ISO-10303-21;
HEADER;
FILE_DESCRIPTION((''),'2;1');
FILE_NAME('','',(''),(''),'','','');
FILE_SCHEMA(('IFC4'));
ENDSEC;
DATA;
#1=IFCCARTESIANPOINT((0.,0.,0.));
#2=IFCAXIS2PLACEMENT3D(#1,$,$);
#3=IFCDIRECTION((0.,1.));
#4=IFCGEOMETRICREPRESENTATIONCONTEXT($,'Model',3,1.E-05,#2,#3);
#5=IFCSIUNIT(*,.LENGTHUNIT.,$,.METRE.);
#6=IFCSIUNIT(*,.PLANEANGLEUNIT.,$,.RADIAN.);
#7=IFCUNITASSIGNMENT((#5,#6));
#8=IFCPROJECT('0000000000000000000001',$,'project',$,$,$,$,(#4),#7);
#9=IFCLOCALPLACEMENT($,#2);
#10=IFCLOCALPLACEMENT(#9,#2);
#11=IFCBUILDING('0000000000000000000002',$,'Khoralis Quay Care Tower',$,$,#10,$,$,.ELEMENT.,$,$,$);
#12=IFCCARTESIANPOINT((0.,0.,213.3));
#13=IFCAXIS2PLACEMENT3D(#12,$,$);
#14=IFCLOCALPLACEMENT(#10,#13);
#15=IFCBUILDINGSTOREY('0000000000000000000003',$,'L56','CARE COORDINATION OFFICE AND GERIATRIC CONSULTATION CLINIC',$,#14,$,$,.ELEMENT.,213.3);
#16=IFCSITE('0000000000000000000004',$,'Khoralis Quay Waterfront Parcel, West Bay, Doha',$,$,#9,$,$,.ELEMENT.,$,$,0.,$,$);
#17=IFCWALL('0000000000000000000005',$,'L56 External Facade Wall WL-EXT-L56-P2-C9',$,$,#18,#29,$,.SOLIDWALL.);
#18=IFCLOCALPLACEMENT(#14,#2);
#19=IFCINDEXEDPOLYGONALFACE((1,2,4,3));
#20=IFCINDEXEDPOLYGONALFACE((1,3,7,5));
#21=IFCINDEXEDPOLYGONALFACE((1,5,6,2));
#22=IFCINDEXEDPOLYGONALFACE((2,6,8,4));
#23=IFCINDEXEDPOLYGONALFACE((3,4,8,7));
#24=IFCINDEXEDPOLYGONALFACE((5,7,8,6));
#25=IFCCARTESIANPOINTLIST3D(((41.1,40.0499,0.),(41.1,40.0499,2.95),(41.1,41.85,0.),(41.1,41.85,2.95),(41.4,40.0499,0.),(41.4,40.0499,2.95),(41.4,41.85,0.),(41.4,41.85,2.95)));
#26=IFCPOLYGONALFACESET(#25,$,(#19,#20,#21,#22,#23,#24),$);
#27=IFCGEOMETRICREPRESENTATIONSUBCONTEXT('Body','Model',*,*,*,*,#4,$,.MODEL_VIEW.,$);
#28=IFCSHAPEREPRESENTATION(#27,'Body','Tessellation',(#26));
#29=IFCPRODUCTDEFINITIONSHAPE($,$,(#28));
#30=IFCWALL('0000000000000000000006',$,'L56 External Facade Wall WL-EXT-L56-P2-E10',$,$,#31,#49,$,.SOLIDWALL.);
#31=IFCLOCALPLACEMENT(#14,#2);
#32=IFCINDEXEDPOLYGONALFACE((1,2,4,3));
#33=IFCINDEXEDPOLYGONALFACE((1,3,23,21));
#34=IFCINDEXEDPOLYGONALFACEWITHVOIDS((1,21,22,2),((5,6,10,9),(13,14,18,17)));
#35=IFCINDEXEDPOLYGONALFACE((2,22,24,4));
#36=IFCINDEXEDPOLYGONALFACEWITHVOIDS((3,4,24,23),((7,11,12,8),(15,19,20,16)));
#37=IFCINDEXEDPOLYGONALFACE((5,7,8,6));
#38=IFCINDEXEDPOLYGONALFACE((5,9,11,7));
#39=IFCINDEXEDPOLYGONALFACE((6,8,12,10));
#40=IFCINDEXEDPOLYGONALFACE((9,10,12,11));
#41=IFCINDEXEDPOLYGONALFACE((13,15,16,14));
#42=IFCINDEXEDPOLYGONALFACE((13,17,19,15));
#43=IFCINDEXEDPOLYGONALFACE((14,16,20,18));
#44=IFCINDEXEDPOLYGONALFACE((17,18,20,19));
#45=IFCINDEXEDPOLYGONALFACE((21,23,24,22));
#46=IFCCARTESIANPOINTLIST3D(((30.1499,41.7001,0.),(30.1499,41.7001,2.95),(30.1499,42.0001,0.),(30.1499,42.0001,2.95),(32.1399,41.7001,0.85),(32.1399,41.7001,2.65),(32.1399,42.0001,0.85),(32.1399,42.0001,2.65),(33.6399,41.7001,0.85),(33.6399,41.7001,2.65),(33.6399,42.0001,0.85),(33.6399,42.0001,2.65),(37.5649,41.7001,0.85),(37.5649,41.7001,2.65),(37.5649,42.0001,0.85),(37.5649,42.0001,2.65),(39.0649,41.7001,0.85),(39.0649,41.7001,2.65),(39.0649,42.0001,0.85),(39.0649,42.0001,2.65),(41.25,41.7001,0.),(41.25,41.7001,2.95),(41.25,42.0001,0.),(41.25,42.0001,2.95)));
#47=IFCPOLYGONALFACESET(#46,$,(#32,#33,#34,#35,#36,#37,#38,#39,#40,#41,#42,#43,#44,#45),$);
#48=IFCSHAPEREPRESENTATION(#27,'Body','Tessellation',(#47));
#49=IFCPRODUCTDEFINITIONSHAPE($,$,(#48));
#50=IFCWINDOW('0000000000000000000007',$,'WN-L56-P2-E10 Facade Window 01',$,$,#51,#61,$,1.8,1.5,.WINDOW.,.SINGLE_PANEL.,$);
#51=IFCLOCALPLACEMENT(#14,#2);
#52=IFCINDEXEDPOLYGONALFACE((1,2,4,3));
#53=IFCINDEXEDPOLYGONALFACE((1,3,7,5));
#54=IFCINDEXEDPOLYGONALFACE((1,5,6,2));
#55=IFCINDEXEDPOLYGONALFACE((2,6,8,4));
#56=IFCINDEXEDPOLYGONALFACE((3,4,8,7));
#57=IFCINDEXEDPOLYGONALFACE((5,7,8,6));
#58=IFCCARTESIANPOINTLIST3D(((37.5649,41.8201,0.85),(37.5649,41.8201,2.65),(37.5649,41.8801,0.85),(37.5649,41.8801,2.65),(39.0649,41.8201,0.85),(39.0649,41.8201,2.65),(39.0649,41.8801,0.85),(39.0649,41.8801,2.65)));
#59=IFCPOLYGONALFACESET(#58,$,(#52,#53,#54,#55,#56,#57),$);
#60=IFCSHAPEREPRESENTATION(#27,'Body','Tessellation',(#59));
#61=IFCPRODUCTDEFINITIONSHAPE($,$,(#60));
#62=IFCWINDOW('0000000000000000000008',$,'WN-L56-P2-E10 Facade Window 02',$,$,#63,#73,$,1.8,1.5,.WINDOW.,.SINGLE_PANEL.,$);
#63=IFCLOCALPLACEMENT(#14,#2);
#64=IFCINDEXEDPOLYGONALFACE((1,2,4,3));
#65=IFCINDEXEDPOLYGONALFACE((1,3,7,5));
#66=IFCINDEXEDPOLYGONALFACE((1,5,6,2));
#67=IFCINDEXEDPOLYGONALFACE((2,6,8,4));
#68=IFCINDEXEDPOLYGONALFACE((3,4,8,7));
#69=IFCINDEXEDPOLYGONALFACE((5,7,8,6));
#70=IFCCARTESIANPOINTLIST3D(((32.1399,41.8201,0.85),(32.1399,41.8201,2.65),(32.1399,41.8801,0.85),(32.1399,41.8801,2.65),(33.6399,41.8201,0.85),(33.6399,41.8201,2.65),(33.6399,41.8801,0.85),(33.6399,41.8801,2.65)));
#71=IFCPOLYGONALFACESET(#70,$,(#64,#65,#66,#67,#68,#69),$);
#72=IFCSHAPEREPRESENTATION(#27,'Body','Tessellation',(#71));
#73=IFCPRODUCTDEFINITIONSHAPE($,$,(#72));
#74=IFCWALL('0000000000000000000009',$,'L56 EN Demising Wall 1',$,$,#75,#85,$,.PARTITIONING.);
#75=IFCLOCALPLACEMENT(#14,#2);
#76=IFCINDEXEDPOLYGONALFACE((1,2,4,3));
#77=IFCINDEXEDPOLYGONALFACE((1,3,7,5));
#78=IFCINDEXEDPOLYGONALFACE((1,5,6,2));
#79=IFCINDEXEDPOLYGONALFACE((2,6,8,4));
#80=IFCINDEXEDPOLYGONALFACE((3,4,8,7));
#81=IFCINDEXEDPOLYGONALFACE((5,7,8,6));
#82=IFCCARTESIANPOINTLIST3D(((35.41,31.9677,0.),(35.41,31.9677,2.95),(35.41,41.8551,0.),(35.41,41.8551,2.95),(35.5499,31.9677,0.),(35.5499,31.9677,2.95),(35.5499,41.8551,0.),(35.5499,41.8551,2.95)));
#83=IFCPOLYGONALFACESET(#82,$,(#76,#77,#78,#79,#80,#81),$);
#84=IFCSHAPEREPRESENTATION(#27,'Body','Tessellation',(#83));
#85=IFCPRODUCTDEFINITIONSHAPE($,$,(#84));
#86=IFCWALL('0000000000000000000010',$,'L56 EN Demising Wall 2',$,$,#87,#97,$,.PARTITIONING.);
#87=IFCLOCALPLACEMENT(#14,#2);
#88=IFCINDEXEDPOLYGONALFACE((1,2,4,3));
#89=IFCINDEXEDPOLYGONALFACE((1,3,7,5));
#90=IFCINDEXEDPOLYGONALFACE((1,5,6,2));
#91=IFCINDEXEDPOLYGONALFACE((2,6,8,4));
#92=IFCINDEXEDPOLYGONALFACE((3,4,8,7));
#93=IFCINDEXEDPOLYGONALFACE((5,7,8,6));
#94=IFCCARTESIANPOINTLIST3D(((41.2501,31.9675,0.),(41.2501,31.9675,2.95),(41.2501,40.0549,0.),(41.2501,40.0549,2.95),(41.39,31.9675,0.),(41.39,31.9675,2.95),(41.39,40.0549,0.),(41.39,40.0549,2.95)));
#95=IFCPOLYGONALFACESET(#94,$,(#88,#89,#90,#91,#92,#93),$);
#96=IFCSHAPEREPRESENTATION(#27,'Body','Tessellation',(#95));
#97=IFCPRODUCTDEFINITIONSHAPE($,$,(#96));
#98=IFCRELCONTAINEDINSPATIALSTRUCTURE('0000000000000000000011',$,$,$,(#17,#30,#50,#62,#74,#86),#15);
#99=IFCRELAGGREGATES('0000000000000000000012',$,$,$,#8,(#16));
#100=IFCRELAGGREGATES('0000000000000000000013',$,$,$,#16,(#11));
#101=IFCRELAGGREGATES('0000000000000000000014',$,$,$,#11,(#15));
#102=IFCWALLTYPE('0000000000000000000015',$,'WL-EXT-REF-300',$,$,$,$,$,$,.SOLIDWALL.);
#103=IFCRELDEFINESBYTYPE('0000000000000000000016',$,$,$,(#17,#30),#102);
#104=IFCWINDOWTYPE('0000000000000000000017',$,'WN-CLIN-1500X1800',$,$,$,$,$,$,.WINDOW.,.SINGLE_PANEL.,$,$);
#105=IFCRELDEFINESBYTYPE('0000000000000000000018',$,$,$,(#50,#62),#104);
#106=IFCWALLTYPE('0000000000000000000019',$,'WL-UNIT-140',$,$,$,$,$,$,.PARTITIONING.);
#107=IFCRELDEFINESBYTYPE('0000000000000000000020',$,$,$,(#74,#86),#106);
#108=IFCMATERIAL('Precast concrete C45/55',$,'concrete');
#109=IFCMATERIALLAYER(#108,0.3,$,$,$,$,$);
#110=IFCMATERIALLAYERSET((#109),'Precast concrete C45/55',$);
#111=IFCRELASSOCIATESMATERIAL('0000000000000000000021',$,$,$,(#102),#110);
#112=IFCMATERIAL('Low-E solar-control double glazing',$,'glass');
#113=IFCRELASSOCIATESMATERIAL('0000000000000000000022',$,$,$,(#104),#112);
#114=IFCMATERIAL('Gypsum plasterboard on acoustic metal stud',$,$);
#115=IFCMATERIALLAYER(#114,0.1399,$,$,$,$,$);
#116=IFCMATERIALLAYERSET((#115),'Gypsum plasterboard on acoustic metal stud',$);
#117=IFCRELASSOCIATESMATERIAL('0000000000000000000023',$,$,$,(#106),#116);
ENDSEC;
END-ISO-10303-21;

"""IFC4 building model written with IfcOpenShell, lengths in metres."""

from ifc_helpers import new_model, si_unit, direction, frame, frame_2d, origin, place, context, subcontext, project, spatial, rectangle, extrude, source, transform, mapped, material, layer, layer_set, type_object, element, fill, save


model = new_model("IFC4")

# Units and contexts
model_context = context("Model", 3, precision=1e-05, world=origin(), true_north=direction((0.0, 1.0)))
body_context = subcontext(model_context, "Body", "Model", "MODEL_VIEW")
ifc_project = project(units=[si_unit("LENGTHUNIT", "METRE"), si_unit("PLANEANGLEUNIT", "RADIAN")], contexts=[model_context])

# Site, building, storey
site_placement = place(None, origin())
site = spatial("IfcSite", under=ifc_project, at=site_placement, Name="Khoralis Quay Waterfront Parcel, West Bay, Doha", CompositionType="ELEMENT", RefElevation=0.0)
building_placement = place(site_placement, origin())
building = spatial("IfcBuilding", under=site, at=building_placement, Name="Khoralis Quay Care Tower", CompositionType="ELEMENT")
storey_placement = place(building_placement, frame((0.0, 0.0, 213.3)))
storey = spatial("IfcBuildingStorey", under=building, at=storey_placement, Name="L56", Description="CARE COORDINATION OFFICE AND GERIATRIC CONSULTATION CLINIC", CompositionType="ELEMENT", Elevation=213.3)

# Shared definitions
ifc_material_1 = material(Name="Gypsum plasterboard on acoustic metal stud")

# Wall
ifc_material_2 = material(Name="Precast concrete C45/55", Category="concrete")
ifc_layer_1 = layer(ifc_material_2, 0.3)
ifc_layer_set_1 = layer_set([ifc_layer_1], Name="Precast concrete C45/55")
wall_type_1 = type_object("IfcWallType", Name="WL-EXT-REF-300", PredefinedType="SOLIDWALL", material=ifc_layer_set_1)
for number, where, z_axis, x_axis, name in (
    (1, (41.25, 40.05, 0.0), (0.0, 0.0, 1.0), (0.0, 1.0, 0.0), "L56 External Facade Wall WL-EXT-L56-P2-C9"),
):
    element("IfcWall", number, at=place(storey_placement, frame(where, z_axis=z_axis, x_axis=x_axis)), inside=storey, type_object=wall_type_1, Name=name, PredefinedType="SOLIDWALL", context=body_context, shape_type="SweptSolid", body=[
        extrude(rectangle(XDim=1.8, YDim=0.3, at=frame_2d((0.8999, 0.0))), origin(), (0.0, 0.0, 1.0), 2.95),
    ])

# Wall, openings, windows
wall_1_placement = place(storey_placement, frame((41.25, 41.8501, 0.0), z_axis=(0.0, 0.0, 1.0), x_axis=(-1.0, 0.0, 0.0)))
wall_1 = element("IfcWall", 2, at=wall_1_placement, inside=storey, type_object=wall_type_1, Name="L56 External Facade Wall WL-EXT-L56-P2-E10", PredefinedType="SOLIDWALL", context=body_context, shape_type="SweptSolid", body=[
    extrude(rectangle(XDim=11.1001, YDim=0.3, at=frame_2d((5.55, 0.0))), origin(), (0.0, 0.0, 1.0), 2.95),
])
opening_1_placement = place(wall_1_placement, frame((2.1851, 0.0, 0.8501)))
opening_1 = element("IfcOpeningElement", 3, at=opening_1_placement, cuts=wall_1, PredefinedType="OPENING", context=body_context, shape_type="SweptSolid", body=[
    extrude(rectangle(XDim=1.5, YDim=1.8, at=frame_2d((0.75, 0.8999))), frame((0.0, 0.1602, 0.0), z_axis=(0.0, -1.0, 0.0), x_axis=(1.0, 0.0, 0.0)), (0.0, 0.0, 1.0), 0.3201),
])
opening_2_placement = place(wall_1_placement, frame((7.6101, 0.0, 0.8501)))
opening_2 = element("IfcOpeningElement", 4, at=opening_2_placement, cuts=wall_1, PredefinedType="OPENING", context=body_context, shape_type="SweptSolid", body=[
    extrude(rectangle(XDim=1.5, YDim=1.8, at=frame_2d((0.75, 0.8999))), frame((0.0, 0.1602, 0.0), z_axis=(0.0, -1.0, 0.0), x_axis=(1.0, 0.0, 0.0)), (0.0, 0.0, 1.0), 0.3201),
])
ifc_material_3 = material(Name="Low-E solar-control double glazing", Category="glass")
window_type = type_object("IfcWindowType", Name="WN-CLIN-1500X1800", PartitioningType="SINGLE_PANEL", PredefinedType="WINDOW", material=ifc_material_3)
shared_shape_1 = source(origin(), body_context, "Body", "SweptSolid", [
    extrude(rectangle(XDim=1.5, YDim=1.8, at=frame_2d((0.75, 0.8999))), frame((0.0, 0.03, 0.0), z_axis=(0.0, -1.0, 0.0), x_axis=(1.0, 0.0, 0.0)), (0.0, 0.0, 1.0), 0.0601),
])
window_1_placement = place(opening_1_placement, origin())
window_1 = element("IfcWindow", 5, at=window_1_placement, inside=storey, type_object=window_type, Name="WN-L56-P2-E10 Facade Window 01", OverallHeight=1.8, OverallWidth=1.5, PartitioningType="SINGLE_PANEL", PredefinedType="WINDOW", context=body_context, shape_type="MappedRepresentation", body=[
    mapped(shared_shape_1, transform((0.0, 0.0, 0.0), scale=1.0)),
])
fill(opening_1, window_1)
window_2_placement = place(opening_2_placement, origin())
window_2 = element("IfcWindow", 6, at=window_2_placement, inside=storey, type_object=window_type, Name="WN-L56-P2-E10 Facade Window 02", OverallHeight=1.8, OverallWidth=1.5, PartitioningType="SINGLE_PANEL", PredefinedType="WINDOW", context=body_context, shape_type="MappedRepresentation", body=[
    mapped(shared_shape_1, transform((0.0, 0.0, 0.0), scale=1.0)),
])
fill(opening_2, window_2)

# Walls
ifc_layer_2 = layer(ifc_material_1, 0.1399)
ifc_layer_set_2 = layer_set([ifc_layer_2], Name="Gypsum plasterboard on acoustic metal stud")
wall_type_2 = type_object("IfcWallType", Name="WL-UNIT-140", PredefinedType="PARTITIONING", material=ifc_layer_set_2)
wall_2_placement = place(storey_placement, frame((35.48, 31.9675, 0.0), z_axis=(0.0, 0.0, 1.0), x_axis=(0.0, 1.0, 0.0)))
element("IfcWall", 7, at=wall_2_placement, inside=storey, type_object=wall_type_2, Name="L56 EN Demising Wall 1", PredefinedType="PARTITIONING", context=body_context, shape_type="SweptSolid", body=[
    extrude(rectangle(XDim=9.8875, YDim=0.1399, at=frame_2d((4.9438, 0.0))), origin(), (0.0, 0.0, 1.0), 2.95),
])
wall_3_placement = place(storey_placement, frame((41.3201, 31.9675, 0.0), z_axis=(0.0, 0.0, 1.0), x_axis=(0.0, 1.0, 0.0)))
element("IfcWall", 8, at=wall_3_placement, inside=storey, type_object=wall_type_2, Name="L56 EN Demising Wall 2", PredefinedType="PARTITIONING", context=body_context, shape_type="SweptSolid", body=[
    extrude(rectangle(XDim=8.0874, YDim=0.1399, at=frame_2d((4.0437, 0.0))), origin(), (0.0, 0.0, 1.0), 2.95),
])

save(model, "model.ifc")
